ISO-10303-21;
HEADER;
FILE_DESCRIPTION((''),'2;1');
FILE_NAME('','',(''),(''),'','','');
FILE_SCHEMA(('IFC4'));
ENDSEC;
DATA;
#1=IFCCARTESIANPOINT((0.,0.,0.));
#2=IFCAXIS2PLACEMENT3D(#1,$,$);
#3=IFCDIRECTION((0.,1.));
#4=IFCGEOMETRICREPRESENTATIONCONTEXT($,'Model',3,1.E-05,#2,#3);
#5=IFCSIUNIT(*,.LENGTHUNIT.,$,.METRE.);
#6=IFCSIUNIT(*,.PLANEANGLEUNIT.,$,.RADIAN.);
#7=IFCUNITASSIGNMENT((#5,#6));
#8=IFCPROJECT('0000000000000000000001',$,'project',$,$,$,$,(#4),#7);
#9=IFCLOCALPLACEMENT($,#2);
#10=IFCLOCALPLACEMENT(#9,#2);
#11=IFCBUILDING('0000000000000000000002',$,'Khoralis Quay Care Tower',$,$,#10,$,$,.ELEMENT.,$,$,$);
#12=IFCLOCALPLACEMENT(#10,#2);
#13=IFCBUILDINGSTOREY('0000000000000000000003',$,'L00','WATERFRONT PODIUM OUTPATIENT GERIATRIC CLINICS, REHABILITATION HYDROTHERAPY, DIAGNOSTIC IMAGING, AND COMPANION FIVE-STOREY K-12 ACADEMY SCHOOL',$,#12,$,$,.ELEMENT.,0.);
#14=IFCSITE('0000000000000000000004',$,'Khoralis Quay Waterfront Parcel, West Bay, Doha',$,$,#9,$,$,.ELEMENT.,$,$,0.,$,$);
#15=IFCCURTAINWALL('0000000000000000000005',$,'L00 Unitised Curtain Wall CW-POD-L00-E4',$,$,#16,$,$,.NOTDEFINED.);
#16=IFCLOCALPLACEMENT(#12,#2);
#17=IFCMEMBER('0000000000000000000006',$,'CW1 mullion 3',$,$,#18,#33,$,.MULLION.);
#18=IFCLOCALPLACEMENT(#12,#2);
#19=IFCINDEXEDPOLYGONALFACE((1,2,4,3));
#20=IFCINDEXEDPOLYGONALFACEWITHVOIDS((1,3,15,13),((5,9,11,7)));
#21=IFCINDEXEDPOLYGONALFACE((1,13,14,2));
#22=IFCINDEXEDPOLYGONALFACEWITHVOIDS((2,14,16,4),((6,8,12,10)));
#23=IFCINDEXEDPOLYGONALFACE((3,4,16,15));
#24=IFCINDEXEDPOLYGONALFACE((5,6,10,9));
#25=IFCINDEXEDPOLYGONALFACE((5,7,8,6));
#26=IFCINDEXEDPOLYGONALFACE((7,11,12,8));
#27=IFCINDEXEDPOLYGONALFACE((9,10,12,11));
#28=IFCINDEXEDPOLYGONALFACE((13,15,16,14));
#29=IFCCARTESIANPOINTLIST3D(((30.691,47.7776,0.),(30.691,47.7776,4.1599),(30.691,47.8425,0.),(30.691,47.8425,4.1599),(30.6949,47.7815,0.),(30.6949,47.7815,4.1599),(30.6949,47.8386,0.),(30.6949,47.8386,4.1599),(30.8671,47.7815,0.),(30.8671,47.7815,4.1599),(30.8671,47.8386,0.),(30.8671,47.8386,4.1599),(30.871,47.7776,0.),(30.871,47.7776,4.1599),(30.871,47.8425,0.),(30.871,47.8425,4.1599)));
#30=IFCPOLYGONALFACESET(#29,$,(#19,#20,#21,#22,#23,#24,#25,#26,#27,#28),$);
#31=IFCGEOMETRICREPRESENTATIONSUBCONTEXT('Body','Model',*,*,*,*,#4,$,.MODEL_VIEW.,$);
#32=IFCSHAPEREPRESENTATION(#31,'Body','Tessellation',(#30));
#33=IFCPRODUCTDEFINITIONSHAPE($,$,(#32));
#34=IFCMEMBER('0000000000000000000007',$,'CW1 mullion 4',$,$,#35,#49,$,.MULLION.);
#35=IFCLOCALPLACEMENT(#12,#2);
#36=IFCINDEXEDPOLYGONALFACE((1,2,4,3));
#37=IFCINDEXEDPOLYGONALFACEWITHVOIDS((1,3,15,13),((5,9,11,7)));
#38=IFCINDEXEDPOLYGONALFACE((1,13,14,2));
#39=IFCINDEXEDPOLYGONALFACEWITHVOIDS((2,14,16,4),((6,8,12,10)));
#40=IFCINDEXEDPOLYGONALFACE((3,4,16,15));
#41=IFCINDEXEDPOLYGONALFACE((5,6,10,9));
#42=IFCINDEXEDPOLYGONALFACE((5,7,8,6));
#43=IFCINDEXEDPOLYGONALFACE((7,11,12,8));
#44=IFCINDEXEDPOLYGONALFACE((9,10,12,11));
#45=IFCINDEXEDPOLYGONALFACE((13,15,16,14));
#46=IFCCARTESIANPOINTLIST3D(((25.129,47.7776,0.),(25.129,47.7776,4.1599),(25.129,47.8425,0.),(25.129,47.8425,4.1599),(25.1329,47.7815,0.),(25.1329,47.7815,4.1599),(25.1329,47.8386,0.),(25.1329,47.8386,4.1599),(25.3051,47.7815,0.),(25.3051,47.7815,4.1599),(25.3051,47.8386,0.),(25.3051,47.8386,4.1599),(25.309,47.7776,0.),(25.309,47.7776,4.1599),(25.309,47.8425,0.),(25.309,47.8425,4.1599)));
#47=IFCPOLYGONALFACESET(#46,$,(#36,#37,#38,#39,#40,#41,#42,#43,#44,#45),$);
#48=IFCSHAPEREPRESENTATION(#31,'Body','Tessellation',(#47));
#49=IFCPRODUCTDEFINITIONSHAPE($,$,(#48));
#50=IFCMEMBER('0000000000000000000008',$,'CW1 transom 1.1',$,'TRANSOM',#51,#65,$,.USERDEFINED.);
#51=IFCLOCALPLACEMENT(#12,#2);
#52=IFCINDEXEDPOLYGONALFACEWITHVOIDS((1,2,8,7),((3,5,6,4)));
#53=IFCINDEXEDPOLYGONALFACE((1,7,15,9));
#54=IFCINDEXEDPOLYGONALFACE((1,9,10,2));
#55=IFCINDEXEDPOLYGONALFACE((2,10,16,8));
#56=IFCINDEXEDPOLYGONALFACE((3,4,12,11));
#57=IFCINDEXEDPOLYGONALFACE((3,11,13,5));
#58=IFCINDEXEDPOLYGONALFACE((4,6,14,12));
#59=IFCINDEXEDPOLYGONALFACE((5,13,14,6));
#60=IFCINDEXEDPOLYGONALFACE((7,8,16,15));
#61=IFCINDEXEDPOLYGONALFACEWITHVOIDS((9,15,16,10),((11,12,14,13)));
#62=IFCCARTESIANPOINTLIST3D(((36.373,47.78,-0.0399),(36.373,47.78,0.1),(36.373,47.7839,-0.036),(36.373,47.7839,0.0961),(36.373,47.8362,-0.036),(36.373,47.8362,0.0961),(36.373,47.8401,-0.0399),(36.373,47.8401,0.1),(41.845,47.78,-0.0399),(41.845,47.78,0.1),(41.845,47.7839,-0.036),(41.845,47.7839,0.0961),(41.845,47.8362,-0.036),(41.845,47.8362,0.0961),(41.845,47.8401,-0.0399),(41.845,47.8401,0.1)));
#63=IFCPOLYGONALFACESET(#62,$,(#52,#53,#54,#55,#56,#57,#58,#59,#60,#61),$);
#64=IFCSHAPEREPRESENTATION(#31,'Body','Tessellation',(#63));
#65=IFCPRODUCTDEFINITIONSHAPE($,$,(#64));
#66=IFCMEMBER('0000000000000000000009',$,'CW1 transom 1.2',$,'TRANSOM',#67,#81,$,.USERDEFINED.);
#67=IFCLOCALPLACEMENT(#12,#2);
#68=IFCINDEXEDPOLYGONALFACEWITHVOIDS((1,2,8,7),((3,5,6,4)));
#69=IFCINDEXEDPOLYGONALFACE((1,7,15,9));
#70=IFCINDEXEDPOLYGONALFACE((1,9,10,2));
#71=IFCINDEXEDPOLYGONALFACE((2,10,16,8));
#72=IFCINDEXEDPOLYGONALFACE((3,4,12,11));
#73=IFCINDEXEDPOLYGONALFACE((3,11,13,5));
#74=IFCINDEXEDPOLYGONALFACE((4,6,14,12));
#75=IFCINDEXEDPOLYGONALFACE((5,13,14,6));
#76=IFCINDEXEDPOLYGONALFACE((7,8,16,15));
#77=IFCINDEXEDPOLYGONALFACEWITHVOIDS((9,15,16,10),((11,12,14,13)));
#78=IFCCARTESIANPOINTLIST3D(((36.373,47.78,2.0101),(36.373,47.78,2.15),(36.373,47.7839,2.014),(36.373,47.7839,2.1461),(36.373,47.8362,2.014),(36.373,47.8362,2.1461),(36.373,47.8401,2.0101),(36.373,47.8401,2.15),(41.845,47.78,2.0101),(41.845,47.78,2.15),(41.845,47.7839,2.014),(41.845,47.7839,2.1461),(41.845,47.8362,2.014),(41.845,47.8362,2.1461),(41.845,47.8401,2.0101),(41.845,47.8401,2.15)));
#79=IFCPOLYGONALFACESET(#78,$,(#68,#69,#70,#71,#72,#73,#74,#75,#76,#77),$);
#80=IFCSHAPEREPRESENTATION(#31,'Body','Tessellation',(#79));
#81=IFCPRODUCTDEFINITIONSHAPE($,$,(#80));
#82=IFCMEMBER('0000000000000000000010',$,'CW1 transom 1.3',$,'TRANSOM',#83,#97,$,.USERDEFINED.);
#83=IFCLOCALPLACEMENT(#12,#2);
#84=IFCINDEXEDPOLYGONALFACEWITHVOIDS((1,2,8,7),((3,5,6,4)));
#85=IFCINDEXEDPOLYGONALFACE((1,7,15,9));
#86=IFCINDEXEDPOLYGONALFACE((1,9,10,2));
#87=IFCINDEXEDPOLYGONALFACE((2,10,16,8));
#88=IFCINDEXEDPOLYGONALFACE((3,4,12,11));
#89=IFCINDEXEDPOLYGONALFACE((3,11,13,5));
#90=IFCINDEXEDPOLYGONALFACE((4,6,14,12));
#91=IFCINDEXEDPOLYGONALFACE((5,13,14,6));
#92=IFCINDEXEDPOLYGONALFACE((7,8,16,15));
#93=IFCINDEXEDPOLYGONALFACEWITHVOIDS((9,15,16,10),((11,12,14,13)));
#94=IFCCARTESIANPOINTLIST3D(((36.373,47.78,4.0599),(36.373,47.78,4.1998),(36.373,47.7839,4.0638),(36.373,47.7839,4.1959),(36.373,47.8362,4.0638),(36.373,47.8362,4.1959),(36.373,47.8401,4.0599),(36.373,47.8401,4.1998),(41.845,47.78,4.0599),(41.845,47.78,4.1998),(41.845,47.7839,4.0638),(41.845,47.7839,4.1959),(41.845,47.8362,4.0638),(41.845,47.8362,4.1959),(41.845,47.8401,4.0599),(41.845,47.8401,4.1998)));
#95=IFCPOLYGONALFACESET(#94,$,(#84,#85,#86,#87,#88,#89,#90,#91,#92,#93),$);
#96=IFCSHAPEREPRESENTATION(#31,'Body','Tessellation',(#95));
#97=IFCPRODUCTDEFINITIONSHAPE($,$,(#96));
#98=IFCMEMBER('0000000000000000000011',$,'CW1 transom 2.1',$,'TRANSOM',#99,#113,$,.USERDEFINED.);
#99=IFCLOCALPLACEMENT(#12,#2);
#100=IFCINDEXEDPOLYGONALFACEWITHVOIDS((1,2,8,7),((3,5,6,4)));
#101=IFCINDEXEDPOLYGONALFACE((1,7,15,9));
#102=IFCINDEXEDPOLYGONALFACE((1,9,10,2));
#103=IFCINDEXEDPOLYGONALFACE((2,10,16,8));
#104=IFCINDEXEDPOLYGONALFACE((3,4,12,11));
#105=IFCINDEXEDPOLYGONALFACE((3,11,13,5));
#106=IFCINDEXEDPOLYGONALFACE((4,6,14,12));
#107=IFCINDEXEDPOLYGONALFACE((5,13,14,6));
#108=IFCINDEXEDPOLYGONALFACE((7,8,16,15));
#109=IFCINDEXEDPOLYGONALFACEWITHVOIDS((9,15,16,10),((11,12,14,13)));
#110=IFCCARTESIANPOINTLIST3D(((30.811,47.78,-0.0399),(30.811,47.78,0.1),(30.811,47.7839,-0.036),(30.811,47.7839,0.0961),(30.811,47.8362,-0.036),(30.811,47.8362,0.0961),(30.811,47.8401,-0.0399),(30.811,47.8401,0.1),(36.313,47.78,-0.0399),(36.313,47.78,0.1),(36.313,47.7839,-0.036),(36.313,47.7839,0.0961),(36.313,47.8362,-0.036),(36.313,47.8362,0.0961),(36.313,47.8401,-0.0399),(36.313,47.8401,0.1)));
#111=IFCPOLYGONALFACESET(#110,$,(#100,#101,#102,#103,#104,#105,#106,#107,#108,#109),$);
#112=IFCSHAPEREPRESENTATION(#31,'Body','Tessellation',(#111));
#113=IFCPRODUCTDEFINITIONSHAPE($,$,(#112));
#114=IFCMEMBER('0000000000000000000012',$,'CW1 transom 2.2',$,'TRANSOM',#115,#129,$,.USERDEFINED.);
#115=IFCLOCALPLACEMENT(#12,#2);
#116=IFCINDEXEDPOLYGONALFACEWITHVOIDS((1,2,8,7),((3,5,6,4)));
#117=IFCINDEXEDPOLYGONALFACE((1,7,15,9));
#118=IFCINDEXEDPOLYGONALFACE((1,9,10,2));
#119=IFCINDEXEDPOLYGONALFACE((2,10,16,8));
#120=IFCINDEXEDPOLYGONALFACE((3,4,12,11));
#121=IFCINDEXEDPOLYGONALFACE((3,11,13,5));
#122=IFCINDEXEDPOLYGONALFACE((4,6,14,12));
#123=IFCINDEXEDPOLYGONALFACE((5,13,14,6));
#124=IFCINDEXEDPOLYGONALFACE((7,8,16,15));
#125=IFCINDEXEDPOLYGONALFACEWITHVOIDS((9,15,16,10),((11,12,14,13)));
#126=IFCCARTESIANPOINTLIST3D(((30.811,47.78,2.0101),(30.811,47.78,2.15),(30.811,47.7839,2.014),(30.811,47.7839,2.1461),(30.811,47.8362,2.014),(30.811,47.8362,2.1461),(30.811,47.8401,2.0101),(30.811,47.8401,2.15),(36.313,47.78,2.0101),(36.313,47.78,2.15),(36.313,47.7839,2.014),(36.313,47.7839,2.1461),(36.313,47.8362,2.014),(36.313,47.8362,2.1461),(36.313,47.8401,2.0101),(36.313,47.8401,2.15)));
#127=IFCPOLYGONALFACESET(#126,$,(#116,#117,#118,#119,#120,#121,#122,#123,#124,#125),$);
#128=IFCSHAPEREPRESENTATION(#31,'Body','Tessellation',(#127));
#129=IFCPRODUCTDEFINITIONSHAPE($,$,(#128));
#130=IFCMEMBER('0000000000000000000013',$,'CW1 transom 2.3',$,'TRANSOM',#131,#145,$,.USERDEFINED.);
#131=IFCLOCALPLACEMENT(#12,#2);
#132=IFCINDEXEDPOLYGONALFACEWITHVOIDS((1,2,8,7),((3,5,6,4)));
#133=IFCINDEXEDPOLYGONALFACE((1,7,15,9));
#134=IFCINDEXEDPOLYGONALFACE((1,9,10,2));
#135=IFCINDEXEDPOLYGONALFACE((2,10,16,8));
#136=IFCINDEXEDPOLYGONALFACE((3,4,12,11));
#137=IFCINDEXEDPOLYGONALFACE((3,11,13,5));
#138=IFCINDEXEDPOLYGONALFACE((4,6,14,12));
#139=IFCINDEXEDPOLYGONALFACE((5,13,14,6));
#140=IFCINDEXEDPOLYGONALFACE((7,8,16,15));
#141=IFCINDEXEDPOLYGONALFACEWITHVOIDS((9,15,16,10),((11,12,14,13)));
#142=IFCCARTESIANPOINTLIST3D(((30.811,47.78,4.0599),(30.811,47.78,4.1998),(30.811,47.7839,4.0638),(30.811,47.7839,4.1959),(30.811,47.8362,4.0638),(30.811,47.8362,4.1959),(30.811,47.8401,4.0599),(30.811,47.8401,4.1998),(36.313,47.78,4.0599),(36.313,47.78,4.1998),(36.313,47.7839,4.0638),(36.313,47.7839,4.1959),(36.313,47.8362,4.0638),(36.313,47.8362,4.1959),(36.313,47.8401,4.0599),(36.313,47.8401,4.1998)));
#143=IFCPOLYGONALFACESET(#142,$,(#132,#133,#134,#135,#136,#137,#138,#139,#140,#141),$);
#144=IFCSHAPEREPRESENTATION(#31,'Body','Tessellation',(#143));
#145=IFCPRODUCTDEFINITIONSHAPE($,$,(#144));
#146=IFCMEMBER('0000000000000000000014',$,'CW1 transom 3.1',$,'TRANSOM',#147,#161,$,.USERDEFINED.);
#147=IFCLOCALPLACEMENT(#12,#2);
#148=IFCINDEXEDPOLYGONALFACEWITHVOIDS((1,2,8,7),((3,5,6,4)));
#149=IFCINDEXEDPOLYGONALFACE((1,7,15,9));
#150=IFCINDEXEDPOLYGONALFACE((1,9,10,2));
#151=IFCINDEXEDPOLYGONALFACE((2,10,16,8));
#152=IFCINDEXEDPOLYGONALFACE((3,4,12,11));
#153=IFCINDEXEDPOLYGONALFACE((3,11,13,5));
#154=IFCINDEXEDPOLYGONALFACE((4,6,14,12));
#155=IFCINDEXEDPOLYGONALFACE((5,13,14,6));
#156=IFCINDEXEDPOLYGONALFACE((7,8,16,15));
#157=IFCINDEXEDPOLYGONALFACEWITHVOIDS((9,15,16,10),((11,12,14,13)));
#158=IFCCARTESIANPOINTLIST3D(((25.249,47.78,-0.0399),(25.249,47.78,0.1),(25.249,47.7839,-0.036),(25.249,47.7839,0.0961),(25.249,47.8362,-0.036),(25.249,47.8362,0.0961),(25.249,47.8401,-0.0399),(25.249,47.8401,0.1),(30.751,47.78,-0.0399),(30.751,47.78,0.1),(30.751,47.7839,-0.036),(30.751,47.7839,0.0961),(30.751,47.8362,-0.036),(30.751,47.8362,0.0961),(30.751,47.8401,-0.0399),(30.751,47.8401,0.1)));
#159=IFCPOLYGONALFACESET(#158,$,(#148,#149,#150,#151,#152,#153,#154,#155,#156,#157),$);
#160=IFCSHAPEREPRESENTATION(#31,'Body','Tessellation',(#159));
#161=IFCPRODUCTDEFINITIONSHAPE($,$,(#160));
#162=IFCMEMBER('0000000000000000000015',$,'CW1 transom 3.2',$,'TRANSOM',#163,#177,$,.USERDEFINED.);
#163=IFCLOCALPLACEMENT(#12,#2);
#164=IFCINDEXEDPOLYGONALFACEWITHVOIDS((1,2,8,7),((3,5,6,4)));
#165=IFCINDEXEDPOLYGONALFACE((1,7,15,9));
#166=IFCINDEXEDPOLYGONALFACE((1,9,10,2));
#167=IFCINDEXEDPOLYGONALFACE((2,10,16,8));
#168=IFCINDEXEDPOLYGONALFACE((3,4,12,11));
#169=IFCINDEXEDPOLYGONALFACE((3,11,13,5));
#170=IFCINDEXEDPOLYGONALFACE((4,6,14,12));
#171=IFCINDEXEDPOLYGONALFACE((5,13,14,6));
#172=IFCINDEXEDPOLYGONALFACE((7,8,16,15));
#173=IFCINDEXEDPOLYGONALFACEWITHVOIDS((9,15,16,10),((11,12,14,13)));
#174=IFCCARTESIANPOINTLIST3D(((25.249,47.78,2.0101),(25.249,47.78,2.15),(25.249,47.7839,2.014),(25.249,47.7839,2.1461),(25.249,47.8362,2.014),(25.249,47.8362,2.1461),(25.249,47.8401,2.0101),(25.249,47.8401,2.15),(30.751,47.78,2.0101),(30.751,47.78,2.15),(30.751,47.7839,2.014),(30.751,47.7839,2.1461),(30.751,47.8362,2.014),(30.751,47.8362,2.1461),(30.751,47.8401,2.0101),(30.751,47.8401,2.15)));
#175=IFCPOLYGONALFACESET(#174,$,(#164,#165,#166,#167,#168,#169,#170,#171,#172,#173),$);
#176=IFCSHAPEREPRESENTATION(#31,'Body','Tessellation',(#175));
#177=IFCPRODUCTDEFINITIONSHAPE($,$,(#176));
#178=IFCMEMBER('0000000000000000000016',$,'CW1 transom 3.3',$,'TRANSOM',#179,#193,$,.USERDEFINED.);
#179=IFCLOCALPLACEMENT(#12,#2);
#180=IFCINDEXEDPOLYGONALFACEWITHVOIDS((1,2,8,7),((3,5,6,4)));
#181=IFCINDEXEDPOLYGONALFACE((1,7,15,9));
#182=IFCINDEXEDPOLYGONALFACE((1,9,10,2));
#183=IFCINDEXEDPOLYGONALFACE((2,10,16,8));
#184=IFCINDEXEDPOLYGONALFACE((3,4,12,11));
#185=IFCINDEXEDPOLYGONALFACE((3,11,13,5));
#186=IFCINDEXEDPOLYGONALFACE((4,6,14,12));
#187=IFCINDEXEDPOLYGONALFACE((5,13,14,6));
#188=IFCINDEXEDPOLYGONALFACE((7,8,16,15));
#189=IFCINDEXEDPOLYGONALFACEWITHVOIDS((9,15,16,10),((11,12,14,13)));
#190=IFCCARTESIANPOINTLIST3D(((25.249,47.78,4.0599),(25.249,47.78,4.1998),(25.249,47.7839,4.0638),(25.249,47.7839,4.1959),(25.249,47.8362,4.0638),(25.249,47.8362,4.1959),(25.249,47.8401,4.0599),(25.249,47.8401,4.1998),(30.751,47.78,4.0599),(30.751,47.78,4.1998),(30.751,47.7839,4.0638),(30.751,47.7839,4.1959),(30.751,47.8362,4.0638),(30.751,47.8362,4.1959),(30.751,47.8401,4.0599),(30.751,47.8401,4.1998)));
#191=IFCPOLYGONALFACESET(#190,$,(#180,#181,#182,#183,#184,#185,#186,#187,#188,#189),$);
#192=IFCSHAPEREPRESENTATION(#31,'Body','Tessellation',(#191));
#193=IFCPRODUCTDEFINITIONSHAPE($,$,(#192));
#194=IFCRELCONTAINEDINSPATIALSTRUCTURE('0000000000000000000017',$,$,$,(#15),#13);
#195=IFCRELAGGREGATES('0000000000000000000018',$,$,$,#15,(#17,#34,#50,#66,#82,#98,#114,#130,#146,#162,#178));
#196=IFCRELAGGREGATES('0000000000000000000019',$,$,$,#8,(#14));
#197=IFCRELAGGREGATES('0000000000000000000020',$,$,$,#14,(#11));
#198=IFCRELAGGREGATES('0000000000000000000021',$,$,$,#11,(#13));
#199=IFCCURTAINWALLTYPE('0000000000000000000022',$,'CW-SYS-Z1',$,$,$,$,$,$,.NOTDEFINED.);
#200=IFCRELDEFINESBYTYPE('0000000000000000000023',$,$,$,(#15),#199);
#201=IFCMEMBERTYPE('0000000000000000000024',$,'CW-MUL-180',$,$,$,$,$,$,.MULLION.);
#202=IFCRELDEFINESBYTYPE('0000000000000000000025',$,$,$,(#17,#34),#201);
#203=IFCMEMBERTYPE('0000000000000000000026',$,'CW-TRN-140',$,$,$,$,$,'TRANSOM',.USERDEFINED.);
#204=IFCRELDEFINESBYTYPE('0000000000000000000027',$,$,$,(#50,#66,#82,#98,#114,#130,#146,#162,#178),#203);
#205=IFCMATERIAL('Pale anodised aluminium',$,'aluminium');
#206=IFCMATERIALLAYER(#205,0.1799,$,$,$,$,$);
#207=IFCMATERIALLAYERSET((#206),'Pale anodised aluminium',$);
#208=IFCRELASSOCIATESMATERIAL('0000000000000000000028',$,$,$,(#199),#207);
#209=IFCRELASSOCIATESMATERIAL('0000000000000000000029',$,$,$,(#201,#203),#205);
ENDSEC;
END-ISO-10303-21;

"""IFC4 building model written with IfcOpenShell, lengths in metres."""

from ifc_helpers import new_model, si_unit, direction, frame, origin, origin_2d, place, context, subcontext, project, spatial, hollow_rectangle, extrude, source, transform, mapped, material, layer, layer_set, material_profile, profile_set, type_object, element, aggregate, save


model = new_model("IFC4")

# Units and contexts
model_context = context("Model", 3, precision=1e-05, world=origin(), true_north=direction((0.0, 1.0)))
body_context = subcontext(model_context, "Body", "Model", "MODEL_VIEW")
ifc_project = project(units=[si_unit("LENGTHUNIT", "METRE"), si_unit("PLANEANGLEUNIT", "RADIAN")], contexts=[model_context])

# Site, building, storey
site_placement = place(None, origin())
site = spatial("IfcSite", under=ifc_project, at=site_placement, Name="Khoralis Quay Waterfront Parcel, West Bay, Doha", CompositionType="ELEMENT", RefElevation=0.0)
building_placement = place(site_placement, origin())
building = spatial("IfcBuilding", under=site, at=building_placement, Name="Khoralis Quay Care Tower", CompositionType="ELEMENT")
storey_placement = place(building_placement, origin())
storey = spatial("IfcBuildingStorey", under=building, at=storey_placement, Name="L00", Description="WATERFRONT PODIUM OUTPATIENT GERIATRIC CLINICS, REHABILITATION HYDROTHERAPY, DIAGNOSTIC IMAGING, AND COMPANION FIVE-STOREY K-12 ACADEMY SCHOOL", CompositionType="ELEMENT", Elevation=0.0)

# Curtain wall, members
ifc_material_1 = material(Name="Pale anodised aluminium", Category="aluminium")
ifc_layer_1 = layer(ifc_material_1, 0.1799)
ifc_layer_set_1 = layer_set([ifc_layer_1], Name="Pale anodised aluminium")
curtain_wall_type = type_object("IfcCurtainWallType", Name="CW-SYS-Z1", PredefinedType="NOTDEFINED", material=ifc_layer_set_1)
curtain_wall_placement = place(storey_placement, origin())
curtain_wall = element("IfcCurtainWall", 1, at=curtain_wall_placement, inside=storey, type_object=curtain_wall_type, Name="L00 Unitised Curtain Wall CW-POD-L00-E4", PredefinedType="NOTDEFINED")
ifc_material_profile_1 = material_profile(ifc_material_1, hollow_rectangle(XDim=0.0649, YDim=0.1799, WallThickness=0.0039, at=origin_2d()), Name="Pale anodised aluminium")
ifc_profile_set_1 = profile_set([ifc_material_profile_1], Name="Pale anodised aluminium")
member_type_1 = type_object("IfcMemberType", Name="CW-MUL-180", PredefinedType="MULLION", material=ifc_profile_set_1)
shared_shape_1 = source(origin(), body_context, "Body", "SweptSolid", [
    extrude(hollow_rectangle(XDim=0.0649, YDim=0.1799, WallThickness=0.0039, at=origin_2d()), origin(), (0.0, 0.0, 1.0), 4.1599),
])
member_1_placement = place(storey_placement, frame((30.781, 47.8101, 0.0), z_axis=(0.0, 0.0, 1.0), x_axis=(0.0, -1.0, 0.0)))
member_1 = element("IfcMember", 2, at=member_1_placement, type_object=member_type_1, Name="CW1 mullion 3", PredefinedType="MULLION", context=body_context, shape_type="MappedRepresentation", body=[
    mapped(shared_shape_1, transform((0.0, 0.0, 0.0), scale=1.0)),
])
member_2_placement = place(storey_placement, frame((25.219, 47.8101, 0.0), z_axis=(0.0, 0.0, 1.0), x_axis=(0.0, -1.0, 0.0)))
member_2 = element("IfcMember", 3, at=member_2_placement, type_object=member_type_1, Name="CW1 mullion 4", PredefinedType="MULLION", context=body_context, shape_type="MappedRepresentation", body=[
    mapped(shared_shape_1, transform((0.0, 0.0, 0.0), scale=1.0)),
])
ifc_material_profile_2 = material_profile(ifc_material_1, hollow_rectangle(XDim=0.0601, YDim=0.1399, WallThickness=0.0039, at=origin_2d()), Name="Pale anodised aluminium")
ifc_profile_set_2 = profile_set([ifc_material_profile_2], Name="Pale anodised aluminium")
member_type_2 = type_object("IfcMemberType", Name="CW-TRN-140", ElementType="TRANSOM", PredefinedType="USERDEFINED", material=ifc_profile_set_2)
shared_shape_2 = source(origin(), body_context, "Body", "SweptSolid", [
    extrude(hollow_rectangle(XDim=0.0601, YDim=0.1399, WallThickness=0.0039, at=origin_2d()), origin(), (0.0, 0.0, 1.0), 5.4719),
])
member_3_placement = place(storey_placement, frame((41.845, 47.8101, 0.03), z_axis=(-1.0, 0.0, 0.0), x_axis=(0.0, -1.0, 0.0)))
member_3 = element("IfcMember", 4, at=member_3_placement, type_object=member_type_2, Name="CW1 transom 1.1", ObjectType="TRANSOM", PredefinedType="USERDEFINED", context=body_context, shape_type="MappedRepresentation", body=[
    mapped(shared_shape_2, transform((0.0, 0.0, 0.0), scale=1.0)),
])
member_4_placement = place(storey_placement, frame((41.845, 47.8101, 2.0801), z_axis=(-1.0, 0.0, 0.0), x_axis=(0.0, -1.0, 0.0)))
member_4 = element("IfcMember", 5, at=member_4_placement, type_object=member_type_2, Name="CW1 transom 1.2", ObjectType="TRANSOM", PredefinedType="USERDEFINED", context=body_context, shape_type="MappedRepresentation", body=[
    mapped(shared_shape_2, transform((0.0, 0.0, 0.0), scale=1.0)),
])
member_5_placement = place(storey_placement, frame((41.845, 47.8101, 4.1299), z_axis=(-1.0, 0.0, 0.0), x_axis=(0.0, -1.0, 0.0)))
member_5 = element("IfcMember", 6, at=member_5_placement, type_object=member_type_2, Name="CW1 transom 1.3", ObjectType="TRANSOM", PredefinedType="USERDEFINED", context=body_context, shape_type="MappedRepresentation", body=[
    mapped(shared_shape_2, transform((0.0, 0.0, 0.0), scale=1.0)),
])
shared_shape_3 = source(origin(), body_context, "Body", "SweptSolid", [
    extrude(hollow_rectangle(XDim=0.0601, YDim=0.1399, WallThickness=0.0039, at=origin_2d()), origin(), (0.0, 0.0, 1.0), 5.502),
])
member_6_placement = place(storey_placement, frame((36.313, 47.8101, 0.03), z_axis=(-1.0, 0.0, 0.0), x_axis=(0.0, -1.0, 0.0)))
member_6 = element("IfcMember", 7, at=member_6_placement, type_object=member_type_2, Name="CW1 transom 2.1", ObjectType="TRANSOM", PredefinedType="USERDEFINED", context=body_context, shape_type="MappedRepresentation", body=[
    mapped(shared_shape_3, transform((0.0, 0.0, 0.0), scale=1.0)),
])
member_7_placement = place(storey_placement, frame((36.313, 47.8101, 2.0801), z_axis=(-1.0, 0.0, 0.0), x_axis=(0.0, -1.0, 0.0)))
member_7 = element("IfcMember", 8, at=member_7_placement, type_object=member_type_2, Name="CW1 transom 2.2", ObjectType="TRANSOM", PredefinedType="USERDEFINED", context=body_context, shape_type="MappedRepresentation", body=[
    mapped(shared_shape_3, transform((0.0, 0.0, 0.0), scale=1.0)),
])
member_8_placement = place(storey_placement, frame((36.313, 47.8101, 4.1299), z_axis=(-1.0, 0.0, 0.0), x_axis=(0.0, -1.0, 0.0)))
member_8 = element("IfcMember", 9, at=member_8_placement, type_object=member_type_2, Name="CW1 transom 2.3", ObjectType="TRANSOM", PredefinedType="USERDEFINED", context=body_context, shape_type="MappedRepresentation", body=[
    mapped(shared_shape_3, transform((0.0, 0.0, 0.0), scale=1.0)),
])
member_9_placement = place(storey_placement, frame((30.751, 47.8101, 0.03), z_axis=(-1.0, 0.0, 0.0), x_axis=(0.0, -1.0, 0.0)))
member_9 = element("IfcMember", 10, at=member_9_placement, type_object=member_type_2, Name="CW1 transom 3.1", ObjectType="TRANSOM", PredefinedType="USERDEFINED", context=body_context, shape_type="MappedRepresentation", body=[
    mapped(shared_shape_3, transform((0.0, 0.0, 0.0), scale=1.0)),
])
member_10_placement = place(storey_placement, frame((30.751, 47.8101, 2.0801), z_axis=(-1.0, 0.0, 0.0), x_axis=(0.0, -1.0, 0.0)))
member_10 = element("IfcMember", 11, at=member_10_placement, type_object=member_type_2, Name="CW1 transom 3.2", ObjectType="TRANSOM", PredefinedType="USERDEFINED", context=body_context, shape_type="MappedRepresentation", body=[
    mapped(shared_shape_3, transform((0.0, 0.0, 0.0), scale=1.0)),
])
member_11_placement = place(storey_placement, frame((30.751, 47.8101, 4.1299), z_axis=(-1.0, 0.0, 0.0), x_axis=(0.0, -1.0, 0.0)))
member_11 = element("IfcMember", 12, at=member_11_placement, type_object=member_type_2, Name="CW1 transom 3.3", ObjectType="TRANSOM", PredefinedType="USERDEFINED", context=body_context, shape_type="MappedRepresentation", body=[
    mapped(shared_shape_3, transform((0.0, 0.0, 0.0), scale=1.0)),
])
aggregate(curtain_wall, [member_1, member_2, member_3, member_4, member_5, member_6, member_7, member_8, member_9, member_10, member_11])

save(model, "model.ifc")
